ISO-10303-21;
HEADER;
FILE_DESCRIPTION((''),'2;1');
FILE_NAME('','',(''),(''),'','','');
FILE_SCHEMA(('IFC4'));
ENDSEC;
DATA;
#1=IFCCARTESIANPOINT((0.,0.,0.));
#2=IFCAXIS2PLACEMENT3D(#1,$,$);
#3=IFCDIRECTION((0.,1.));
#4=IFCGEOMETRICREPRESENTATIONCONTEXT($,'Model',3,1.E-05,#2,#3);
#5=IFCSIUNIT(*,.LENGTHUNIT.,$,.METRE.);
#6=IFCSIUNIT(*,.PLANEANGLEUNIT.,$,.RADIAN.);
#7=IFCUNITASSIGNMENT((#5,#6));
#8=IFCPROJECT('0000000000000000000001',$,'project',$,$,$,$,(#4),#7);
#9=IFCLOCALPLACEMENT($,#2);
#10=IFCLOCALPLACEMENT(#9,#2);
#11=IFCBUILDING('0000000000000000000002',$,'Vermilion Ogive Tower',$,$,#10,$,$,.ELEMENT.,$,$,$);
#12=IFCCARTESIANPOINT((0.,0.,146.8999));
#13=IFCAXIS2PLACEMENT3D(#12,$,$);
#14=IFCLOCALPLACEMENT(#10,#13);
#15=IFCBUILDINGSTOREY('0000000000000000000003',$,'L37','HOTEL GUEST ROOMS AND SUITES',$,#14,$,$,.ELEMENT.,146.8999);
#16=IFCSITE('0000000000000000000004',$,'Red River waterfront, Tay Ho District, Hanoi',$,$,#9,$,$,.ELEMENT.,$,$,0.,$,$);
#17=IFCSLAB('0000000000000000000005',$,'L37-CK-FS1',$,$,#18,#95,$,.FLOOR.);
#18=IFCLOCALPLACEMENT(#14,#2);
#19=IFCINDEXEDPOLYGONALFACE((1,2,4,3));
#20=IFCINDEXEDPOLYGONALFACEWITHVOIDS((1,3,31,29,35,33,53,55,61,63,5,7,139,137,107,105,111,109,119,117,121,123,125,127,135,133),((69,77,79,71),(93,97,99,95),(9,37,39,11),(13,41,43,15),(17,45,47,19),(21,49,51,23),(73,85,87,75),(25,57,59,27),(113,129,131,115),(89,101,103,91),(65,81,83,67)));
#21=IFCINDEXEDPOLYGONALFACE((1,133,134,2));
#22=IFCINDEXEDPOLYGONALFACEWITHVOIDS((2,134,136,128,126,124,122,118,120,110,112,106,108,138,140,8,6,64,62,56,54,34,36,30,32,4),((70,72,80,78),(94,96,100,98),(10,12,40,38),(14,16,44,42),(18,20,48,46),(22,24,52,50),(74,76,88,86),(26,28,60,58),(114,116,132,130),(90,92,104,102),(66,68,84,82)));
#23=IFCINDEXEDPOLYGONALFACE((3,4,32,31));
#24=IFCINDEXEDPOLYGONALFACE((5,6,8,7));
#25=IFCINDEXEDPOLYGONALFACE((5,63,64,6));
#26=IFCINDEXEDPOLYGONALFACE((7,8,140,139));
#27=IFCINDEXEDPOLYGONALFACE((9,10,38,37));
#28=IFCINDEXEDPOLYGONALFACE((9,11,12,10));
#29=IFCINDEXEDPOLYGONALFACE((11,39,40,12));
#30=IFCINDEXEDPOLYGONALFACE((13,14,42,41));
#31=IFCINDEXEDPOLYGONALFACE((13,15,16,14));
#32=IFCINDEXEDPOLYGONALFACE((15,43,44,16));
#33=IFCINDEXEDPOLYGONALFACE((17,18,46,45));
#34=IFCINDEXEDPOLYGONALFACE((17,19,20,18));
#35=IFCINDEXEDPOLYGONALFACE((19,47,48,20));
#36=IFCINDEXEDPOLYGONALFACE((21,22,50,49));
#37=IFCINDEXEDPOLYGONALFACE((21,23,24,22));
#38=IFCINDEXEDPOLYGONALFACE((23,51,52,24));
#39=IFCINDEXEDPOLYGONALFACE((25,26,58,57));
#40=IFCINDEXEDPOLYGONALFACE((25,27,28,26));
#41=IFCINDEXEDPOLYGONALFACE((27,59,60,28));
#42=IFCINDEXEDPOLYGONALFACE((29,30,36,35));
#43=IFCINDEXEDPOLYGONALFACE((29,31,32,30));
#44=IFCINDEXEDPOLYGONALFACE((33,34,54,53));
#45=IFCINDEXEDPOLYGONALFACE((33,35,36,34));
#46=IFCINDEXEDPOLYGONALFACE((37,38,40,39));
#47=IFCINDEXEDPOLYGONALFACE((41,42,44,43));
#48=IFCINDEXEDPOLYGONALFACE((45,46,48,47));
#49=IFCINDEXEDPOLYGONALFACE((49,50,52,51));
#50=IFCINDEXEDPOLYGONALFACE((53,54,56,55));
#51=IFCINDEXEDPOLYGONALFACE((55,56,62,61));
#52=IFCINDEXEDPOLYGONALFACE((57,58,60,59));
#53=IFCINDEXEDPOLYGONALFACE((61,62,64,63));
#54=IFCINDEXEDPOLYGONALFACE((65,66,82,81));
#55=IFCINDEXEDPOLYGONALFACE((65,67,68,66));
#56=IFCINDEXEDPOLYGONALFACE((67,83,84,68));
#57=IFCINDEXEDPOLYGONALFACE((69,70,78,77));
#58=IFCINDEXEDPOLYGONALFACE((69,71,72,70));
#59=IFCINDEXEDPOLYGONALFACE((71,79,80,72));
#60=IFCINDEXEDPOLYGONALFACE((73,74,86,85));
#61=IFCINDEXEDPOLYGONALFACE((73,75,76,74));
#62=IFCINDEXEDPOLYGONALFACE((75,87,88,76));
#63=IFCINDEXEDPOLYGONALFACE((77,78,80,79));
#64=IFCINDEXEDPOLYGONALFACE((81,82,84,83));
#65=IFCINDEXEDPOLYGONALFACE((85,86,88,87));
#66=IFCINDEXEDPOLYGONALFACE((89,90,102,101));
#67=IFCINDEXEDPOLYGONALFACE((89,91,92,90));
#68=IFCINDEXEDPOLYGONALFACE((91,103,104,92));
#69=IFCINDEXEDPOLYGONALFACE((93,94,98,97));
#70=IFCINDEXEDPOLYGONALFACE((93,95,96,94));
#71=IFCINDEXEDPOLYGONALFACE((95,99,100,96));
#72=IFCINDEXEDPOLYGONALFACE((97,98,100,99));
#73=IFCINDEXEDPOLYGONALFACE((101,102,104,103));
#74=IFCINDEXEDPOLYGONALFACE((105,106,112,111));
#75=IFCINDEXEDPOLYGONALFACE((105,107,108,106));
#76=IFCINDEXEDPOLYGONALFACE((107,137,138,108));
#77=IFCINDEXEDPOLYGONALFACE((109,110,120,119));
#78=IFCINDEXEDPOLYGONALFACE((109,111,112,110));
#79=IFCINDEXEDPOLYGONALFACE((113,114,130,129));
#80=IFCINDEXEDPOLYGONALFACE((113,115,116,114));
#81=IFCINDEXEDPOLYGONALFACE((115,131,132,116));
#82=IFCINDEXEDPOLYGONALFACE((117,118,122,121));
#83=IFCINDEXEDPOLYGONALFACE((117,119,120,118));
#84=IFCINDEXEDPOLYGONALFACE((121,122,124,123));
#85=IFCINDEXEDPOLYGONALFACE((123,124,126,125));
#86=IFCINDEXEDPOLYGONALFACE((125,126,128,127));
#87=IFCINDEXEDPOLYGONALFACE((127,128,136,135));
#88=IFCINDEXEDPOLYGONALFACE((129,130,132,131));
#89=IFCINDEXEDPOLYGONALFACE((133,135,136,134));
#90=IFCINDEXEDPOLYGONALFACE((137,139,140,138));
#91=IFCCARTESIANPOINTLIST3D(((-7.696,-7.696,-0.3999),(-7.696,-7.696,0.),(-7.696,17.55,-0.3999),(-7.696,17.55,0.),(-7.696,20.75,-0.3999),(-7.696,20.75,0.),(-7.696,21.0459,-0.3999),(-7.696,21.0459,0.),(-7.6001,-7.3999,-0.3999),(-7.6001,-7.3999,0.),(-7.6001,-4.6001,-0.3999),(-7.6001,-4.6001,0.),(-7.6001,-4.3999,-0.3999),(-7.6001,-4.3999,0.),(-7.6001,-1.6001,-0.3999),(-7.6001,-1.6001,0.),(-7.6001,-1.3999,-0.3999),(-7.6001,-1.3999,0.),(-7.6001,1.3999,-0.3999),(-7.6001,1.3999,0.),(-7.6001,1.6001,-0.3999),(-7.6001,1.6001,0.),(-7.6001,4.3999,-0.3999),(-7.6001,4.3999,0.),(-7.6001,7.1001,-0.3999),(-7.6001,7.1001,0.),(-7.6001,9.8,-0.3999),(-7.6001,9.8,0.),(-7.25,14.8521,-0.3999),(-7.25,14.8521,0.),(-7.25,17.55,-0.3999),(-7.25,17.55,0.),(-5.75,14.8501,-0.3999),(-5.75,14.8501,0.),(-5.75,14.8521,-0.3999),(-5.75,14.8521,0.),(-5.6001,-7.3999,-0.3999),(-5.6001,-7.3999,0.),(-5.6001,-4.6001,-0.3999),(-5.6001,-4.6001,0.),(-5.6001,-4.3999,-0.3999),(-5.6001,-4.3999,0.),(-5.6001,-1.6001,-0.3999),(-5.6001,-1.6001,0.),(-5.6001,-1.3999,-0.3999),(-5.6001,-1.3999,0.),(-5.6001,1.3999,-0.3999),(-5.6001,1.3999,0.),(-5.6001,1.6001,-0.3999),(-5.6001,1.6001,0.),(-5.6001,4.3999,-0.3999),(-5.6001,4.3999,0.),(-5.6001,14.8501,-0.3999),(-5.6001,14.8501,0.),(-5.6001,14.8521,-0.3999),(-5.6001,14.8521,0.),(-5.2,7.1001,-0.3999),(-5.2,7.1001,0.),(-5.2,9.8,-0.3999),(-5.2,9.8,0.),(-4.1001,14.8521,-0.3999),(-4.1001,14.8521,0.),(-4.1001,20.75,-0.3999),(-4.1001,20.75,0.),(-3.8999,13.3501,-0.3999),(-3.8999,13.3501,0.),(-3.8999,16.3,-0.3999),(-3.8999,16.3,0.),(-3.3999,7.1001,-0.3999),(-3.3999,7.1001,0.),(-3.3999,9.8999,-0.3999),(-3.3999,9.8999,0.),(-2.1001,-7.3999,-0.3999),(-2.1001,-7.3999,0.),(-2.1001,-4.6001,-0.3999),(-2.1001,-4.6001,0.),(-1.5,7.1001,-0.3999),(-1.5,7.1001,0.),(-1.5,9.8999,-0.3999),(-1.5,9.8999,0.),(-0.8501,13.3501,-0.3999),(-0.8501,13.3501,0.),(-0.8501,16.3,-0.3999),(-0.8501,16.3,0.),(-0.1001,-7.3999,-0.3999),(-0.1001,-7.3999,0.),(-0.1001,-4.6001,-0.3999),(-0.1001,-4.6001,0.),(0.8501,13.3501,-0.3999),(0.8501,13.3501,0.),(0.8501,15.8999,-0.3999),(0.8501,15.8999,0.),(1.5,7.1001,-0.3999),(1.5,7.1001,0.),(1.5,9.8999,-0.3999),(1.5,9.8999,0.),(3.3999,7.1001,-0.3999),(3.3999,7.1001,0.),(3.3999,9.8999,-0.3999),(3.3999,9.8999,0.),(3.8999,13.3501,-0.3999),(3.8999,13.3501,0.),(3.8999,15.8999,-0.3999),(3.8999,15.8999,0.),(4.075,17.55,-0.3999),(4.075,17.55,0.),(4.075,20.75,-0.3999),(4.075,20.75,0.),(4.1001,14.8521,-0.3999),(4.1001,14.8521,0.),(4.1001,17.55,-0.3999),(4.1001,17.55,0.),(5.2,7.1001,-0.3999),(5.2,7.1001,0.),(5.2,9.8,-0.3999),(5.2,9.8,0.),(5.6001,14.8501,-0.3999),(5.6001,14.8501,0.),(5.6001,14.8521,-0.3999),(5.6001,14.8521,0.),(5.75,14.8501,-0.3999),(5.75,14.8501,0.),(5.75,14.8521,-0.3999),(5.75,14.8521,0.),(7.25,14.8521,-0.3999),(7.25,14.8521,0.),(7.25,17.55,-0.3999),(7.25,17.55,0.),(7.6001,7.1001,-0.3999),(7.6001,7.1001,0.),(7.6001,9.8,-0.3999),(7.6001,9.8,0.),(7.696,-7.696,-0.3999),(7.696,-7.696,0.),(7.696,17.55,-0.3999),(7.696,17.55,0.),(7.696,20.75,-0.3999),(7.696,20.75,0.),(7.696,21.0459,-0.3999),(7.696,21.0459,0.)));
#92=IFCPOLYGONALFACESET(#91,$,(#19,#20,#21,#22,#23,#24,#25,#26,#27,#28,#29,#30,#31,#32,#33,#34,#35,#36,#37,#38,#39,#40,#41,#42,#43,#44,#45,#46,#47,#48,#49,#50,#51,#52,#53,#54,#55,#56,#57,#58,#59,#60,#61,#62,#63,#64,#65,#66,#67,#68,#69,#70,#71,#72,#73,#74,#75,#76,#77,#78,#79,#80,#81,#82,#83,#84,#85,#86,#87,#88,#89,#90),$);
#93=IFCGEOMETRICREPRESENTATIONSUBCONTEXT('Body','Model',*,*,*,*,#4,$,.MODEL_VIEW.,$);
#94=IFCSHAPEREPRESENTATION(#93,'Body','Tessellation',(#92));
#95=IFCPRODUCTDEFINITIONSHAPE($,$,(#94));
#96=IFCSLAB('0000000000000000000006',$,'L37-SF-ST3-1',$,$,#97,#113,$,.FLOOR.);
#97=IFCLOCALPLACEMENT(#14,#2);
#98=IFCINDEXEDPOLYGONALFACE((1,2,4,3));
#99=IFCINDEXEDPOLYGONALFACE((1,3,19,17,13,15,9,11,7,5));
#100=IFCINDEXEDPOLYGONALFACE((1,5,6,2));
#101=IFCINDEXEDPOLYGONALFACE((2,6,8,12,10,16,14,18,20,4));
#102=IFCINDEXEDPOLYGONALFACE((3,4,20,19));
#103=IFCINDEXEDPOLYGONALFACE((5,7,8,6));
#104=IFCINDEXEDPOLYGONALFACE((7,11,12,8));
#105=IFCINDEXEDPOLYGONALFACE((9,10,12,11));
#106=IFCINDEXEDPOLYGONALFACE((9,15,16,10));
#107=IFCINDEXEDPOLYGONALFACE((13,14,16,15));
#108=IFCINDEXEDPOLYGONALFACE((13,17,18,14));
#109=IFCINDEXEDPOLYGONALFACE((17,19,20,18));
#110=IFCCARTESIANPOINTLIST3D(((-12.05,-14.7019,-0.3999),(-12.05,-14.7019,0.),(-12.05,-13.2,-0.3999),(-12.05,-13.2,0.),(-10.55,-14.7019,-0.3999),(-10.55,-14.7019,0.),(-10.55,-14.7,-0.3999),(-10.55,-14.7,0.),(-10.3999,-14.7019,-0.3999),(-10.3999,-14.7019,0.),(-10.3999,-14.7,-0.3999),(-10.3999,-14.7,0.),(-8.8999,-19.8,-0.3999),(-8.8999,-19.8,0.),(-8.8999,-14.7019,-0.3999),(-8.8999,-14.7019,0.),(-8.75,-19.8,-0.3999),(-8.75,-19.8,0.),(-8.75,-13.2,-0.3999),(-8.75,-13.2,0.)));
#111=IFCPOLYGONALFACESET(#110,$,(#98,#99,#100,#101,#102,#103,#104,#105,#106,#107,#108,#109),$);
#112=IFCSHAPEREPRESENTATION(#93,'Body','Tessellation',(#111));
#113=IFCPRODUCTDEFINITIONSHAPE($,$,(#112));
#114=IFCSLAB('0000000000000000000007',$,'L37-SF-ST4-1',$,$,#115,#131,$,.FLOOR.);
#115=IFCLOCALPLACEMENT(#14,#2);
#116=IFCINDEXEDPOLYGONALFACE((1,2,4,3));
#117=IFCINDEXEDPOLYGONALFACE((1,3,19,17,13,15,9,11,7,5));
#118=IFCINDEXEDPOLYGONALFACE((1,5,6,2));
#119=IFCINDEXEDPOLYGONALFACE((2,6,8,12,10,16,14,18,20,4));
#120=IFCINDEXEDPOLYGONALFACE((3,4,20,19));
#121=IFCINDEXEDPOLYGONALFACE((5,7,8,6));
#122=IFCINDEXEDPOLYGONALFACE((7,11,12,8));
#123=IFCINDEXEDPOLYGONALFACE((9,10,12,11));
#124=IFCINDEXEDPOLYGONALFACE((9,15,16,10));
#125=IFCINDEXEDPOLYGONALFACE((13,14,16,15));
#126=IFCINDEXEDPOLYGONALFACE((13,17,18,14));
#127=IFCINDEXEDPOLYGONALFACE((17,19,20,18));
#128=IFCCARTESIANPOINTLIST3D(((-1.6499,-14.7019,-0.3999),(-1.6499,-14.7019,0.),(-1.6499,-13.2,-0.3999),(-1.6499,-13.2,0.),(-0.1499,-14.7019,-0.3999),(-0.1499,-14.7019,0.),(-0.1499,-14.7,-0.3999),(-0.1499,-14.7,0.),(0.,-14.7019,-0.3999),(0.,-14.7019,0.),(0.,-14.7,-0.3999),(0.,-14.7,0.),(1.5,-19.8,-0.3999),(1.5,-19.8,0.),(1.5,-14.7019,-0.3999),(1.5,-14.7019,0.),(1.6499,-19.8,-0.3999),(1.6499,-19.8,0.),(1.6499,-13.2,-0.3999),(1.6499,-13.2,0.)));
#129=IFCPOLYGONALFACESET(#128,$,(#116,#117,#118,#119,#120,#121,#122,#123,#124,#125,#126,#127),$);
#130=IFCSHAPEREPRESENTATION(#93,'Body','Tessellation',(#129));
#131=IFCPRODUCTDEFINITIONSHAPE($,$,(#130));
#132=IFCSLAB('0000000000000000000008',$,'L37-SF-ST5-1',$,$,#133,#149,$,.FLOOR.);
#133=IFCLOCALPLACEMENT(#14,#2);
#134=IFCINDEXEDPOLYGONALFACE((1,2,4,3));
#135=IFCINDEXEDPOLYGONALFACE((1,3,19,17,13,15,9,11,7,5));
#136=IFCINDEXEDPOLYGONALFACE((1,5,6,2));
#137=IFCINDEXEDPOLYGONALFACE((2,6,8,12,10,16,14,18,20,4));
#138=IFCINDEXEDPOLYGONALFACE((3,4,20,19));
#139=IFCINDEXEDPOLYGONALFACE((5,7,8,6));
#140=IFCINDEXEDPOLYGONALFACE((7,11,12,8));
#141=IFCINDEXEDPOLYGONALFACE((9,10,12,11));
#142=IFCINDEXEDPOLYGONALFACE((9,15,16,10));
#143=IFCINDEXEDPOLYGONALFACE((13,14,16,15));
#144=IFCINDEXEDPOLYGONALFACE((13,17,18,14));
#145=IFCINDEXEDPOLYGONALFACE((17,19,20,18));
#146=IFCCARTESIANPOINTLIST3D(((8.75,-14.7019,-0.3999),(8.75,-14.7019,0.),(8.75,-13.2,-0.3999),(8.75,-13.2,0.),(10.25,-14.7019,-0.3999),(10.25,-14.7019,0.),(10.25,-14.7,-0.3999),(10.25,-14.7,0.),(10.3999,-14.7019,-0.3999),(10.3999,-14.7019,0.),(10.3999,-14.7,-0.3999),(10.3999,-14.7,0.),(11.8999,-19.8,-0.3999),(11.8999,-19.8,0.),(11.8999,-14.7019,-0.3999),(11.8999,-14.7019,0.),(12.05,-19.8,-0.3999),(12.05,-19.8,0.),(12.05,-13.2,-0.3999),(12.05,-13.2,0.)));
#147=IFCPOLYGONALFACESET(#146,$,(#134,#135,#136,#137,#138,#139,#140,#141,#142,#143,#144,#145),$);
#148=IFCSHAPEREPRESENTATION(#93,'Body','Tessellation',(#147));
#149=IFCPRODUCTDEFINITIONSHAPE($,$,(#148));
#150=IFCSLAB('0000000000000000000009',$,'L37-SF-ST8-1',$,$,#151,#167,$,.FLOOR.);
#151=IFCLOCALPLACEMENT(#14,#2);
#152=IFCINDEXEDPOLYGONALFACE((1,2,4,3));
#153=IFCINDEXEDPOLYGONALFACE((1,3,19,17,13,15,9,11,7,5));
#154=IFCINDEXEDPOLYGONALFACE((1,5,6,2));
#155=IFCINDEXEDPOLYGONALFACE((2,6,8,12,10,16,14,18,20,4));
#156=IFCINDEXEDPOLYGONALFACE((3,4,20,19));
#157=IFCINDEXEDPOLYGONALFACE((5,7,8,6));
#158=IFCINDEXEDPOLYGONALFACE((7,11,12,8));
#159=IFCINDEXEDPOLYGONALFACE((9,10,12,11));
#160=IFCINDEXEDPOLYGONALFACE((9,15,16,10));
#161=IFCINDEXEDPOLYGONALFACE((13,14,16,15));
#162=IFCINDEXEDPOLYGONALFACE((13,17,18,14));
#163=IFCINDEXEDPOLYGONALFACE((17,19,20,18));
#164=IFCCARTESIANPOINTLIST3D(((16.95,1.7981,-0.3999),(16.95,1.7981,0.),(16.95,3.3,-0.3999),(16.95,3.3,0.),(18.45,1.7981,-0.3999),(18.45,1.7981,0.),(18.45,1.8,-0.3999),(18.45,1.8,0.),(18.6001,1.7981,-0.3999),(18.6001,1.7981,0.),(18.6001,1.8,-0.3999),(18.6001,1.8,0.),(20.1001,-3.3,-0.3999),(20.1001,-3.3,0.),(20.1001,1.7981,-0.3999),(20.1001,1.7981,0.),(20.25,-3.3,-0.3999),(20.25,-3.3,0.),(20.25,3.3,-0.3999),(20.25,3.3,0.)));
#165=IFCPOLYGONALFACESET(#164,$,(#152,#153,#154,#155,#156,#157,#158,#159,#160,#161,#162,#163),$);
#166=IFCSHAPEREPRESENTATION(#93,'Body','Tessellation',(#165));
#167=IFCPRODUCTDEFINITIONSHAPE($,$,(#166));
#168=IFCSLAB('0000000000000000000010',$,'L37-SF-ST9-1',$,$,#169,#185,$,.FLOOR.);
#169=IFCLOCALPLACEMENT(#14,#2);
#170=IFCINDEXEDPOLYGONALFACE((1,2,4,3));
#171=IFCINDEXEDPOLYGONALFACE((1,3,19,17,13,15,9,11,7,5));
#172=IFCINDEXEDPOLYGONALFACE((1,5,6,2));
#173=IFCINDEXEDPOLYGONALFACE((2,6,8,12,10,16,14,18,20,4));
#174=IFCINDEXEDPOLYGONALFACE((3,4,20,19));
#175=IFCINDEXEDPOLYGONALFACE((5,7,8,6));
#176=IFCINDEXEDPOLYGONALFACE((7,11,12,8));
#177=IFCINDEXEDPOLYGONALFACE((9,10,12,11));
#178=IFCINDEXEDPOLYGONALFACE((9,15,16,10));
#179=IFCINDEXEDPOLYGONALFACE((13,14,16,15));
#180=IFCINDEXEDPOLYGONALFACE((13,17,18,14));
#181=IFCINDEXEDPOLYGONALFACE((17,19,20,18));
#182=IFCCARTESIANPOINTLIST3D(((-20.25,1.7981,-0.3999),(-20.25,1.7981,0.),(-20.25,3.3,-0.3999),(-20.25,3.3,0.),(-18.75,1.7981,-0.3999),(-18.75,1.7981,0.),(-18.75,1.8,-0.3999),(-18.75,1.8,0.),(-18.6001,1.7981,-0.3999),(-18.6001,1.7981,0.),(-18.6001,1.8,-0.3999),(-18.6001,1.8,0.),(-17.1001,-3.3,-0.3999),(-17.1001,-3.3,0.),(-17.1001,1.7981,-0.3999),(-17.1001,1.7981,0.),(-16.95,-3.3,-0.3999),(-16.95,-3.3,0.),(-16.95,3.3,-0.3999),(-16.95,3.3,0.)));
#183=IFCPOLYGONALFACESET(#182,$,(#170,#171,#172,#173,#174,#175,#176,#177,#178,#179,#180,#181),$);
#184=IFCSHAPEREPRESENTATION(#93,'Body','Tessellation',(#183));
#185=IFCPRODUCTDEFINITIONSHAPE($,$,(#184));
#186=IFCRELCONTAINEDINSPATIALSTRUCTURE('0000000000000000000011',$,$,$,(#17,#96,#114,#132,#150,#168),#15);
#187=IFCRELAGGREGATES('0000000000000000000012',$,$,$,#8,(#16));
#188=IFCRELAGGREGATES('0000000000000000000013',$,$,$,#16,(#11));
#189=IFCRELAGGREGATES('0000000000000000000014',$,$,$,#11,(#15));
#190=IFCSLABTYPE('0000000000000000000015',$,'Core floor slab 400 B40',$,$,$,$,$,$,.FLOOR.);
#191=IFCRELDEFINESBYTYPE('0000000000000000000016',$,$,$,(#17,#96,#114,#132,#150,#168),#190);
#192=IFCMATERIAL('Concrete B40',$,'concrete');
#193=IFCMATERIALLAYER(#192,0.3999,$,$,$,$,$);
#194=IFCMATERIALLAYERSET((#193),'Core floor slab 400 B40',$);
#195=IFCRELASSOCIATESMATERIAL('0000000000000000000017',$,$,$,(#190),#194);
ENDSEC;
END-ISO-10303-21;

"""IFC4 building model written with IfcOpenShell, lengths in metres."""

from ifc_helpers import new_model, si_unit, direction, frame, origin, place, context, subcontext, project, spatial, polyline, outline, extrude, material, layer, layer_set, type_object, element, save


model = new_model("IFC4")

# Units and contexts
model_context = context("Model", 3, precision=1e-05, world=origin(), true_north=direction((0.0, 1.0)))
body_context = subcontext(model_context, "Body", "Model", "MODEL_VIEW")
ifc_project = project(units=[si_unit("LENGTHUNIT", "METRE"), si_unit("PLANEANGLEUNIT", "RADIAN")], contexts=[model_context])

# Site, building, storey
site_placement = place(None, origin())
site = spatial("IfcSite", under=ifc_project, at=site_placement, Name="Red River waterfront, Tay Ho District, Hanoi", CompositionType="ELEMENT", RefElevation=0.0)
building_placement = place(site_placement, origin())
building = spatial("IfcBuilding", under=site, at=building_placement, Name="Vermilion Ogive Tower", CompositionType="ELEMENT")
storey_placement = place(building_placement, frame((0.0, 0.0, 146.8999)))
storey = spatial("IfcBuildingStorey", under=building, at=storey_placement, Name="L37", Description="HOTEL GUEST ROOMS AND SUITES", CompositionType="ELEMENT", Elevation=146.8999)

# Slabs
ifc_material_1 = material(Name="Concrete B40", Category="concrete")
ifc_layer_1 = layer(ifc_material_1, 0.3999)
ifc_layer_set_1 = layer_set([ifc_layer_1], Name="Core floor slab 400 B40")
slab_type_1 = type_object("IfcSlabType", Name="Core floor slab 400 B40", PredefinedType="FLOOR", material=ifc_layer_set_1)
slab_1_placement = place(storey_placement, frame((0.0, 0.0, -0.3999)))
element("IfcSlab", 1, at=slab_1_placement, inside=storey, type_object=slab_type_1, Name="L37-CK-FS1", PredefinedType="FLOOR", context=body_context, shape_type="SweptSolid", body=[
    extrude(outline(polyline([(5.75, 14.8501), (5.6001, 14.8501), (5.6001, 14.8521), (4.1001, 14.8521), (4.1001, 17.55), (4.075, 17.55), (4.075, 20.75), (7.696, 20.75), (7.696, 21.0459), (-7.696, 21.0459), (-7.696, 20.75), (-4.1001, 20.75), (-4.1001, 14.8521), (-5.6001, 14.8521), (-5.6001, 14.8501), (-5.75, 14.8501), (-5.75, 14.8521), (-7.25, 14.8521), (-7.25, 17.55), (-7.696, 17.55), (-7.696, -7.696), (7.696, -7.696), (7.696, 17.55), (7.25, 17.55), (7.25, 14.8521), (5.75, 14.8521), (5.75, 14.8501)]), holes=[polyline([(-7.6001, -7.3999), (-7.6001, -4.6001), (-5.6001, -4.6001), (-5.6001, -7.3999), (-7.6001, -7.3999)]), polyline([(-7.6001, -4.3999), (-7.6001, -1.6001), (-5.6001, -1.6001), (-5.6001, -4.3999), (-7.6001, -4.3999)]), polyline([(-7.6001, -1.3999), (-7.6001, 1.3999), (-5.6001, 1.3999), (-5.6001, -1.3999), (-7.6001, -1.3999)]), polyline([(-7.6001, 1.6001), (-7.6001, 4.3999), (-5.6001, 4.3999), (-5.6001, 1.6001), (-7.6001, 1.6001)]), polyline([(-7.6001, 7.1001), (-7.6001, 9.8), (-5.2, 9.8), (-5.2, 7.1001), (-7.6001, 7.1001)]), polyline([(-3.3999, 9.8999), (-1.5, 9.8999), (-1.5, 7.1001), (-3.3999, 7.1001), (-3.3999, 9.8999)]), polyline([(-2.1001, -7.3999), (-2.1001, -4.6001), (-0.1001, -4.6001), (-0.1001, -7.3999), (-2.1001, -7.3999)]), polyline([(5.2, 7.1001), (5.2, 9.8), (7.6001, 9.8), (7.6001, 7.1001), (5.2, 7.1001)]), polyline([(1.5, 7.1001), (1.5, 9.8999), (3.3999, 9.8999), (3.3999, 7.1001), (1.5, 7.1001)]), polyline([(0.8501, 13.3501), (0.8501, 15.8999), (3.8999, 15.8999), (3.8999, 13.3501), (0.8501, 13.3501)]), polyline([(-3.8999, 16.3), (-0.8501, 16.3), (-0.8501, 13.3501), (-3.8999, 13.3501), (-3.8999, 16.3)])]), origin(), (0.0, 0.0, 1.0), 0.3999),
])
slab_2_placement = place(storey_placement, frame((0.0, 0.0, -0.3999)))
element("IfcSlab", 2, at=slab_2_placement, inside=storey, type_object=slab_type_1, Name="L37-SF-ST3-1", PredefinedType="FLOOR", context=body_context, shape_type="SweptSolid", body=[
    extrude(outline(polyline([(-12.05, -13.2), (-12.05, -14.7019), (-10.55, -14.7019), (-10.55, -14.7), (-10.3999, -14.7), (-10.3999, -14.7019), (-8.8999, -14.7019), (-8.8999, -19.8), (-8.75, -19.8), (-8.75, -13.2), (-12.05, -13.2)])), origin(), (0.0, 0.0, 1.0), 0.3999),
])
slab_3_placement = place(storey_placement, frame((0.0, 0.0, -0.3999)))
element("IfcSlab", 3, at=slab_3_placement, inside=storey, type_object=slab_type_1, Name="L37-SF-ST4-1", PredefinedType="FLOOR", context=body_context, shape_type="SweptSolid", body=[
    extrude(outline(polyline([(-1.6499, -13.2), (-1.6499, -14.7019), (-0.1499, -14.7019), (-0.1499, -14.7), (0.0, -14.7), (0.0, -14.7019), (1.5, -14.7019), (1.5, -19.8), (1.6499, -19.8), (1.6499, -13.2), (-1.6499, -13.2)])), origin(), (0.0, 0.0, 1.0), 0.3999),
])
slab_4_placement = place(storey_placement, frame((0.0, 0.0, -0.3999)))
element("IfcSlab", 4, at=slab_4_placement, inside=storey, type_object=slab_type_1, Name="L37-SF-ST5-1", PredefinedType="FLOOR", context=body_context, shape_type="SweptSolid", body=[
    extrude(outline(polyline([(8.75, -13.2), (8.75, -14.7019), (10.25, -14.7019), (10.25, -14.7), (10.3999, -14.7), (10.3999, -14.7019), (11.8999, -14.7019), (11.8999, -19.8), (12.05, -19.8), (12.05, -13.2), (8.75, -13.2)])), origin(), (0.0, 0.0, 1.0), 0.3999),
])
slab_5_placement = place(storey_placement, frame((0.0, 0.0, -0.3999)))
element("IfcSlab", 5, at=slab_5_placement, inside=storey, type_object=slab_type_1, Name="L37-SF-ST8-1", PredefinedType="FLOOR", context=body_context, shape_type="SweptSolid", body=[
    extrude(outline(polyline([(16.95, 3.3), (16.95, 1.7981), (18.45, 1.7981), (18.45, 1.8), (18.6001, 1.8), (18.6001, 1.7981), (20.1001, 1.7981), (20.1001, -3.3), (20.25, -3.3), (20.25, 3.3), (16.95, 3.3)])), origin(), (0.0, 0.0, 1.0), 0.3999),
])
slab_6_placement = place(storey_placement, frame((0.0, 0.0, -0.3999)))
element("IfcSlab", 6, at=slab_6_placement, inside=storey, type_object=slab_type_1, Name="L37-SF-ST9-1", PredefinedType="FLOOR", context=body_context, shape_type="SweptSolid", body=[
    extrude(outline(polyline([(-20.25, 3.3), (-20.25, 1.7981), (-18.75, 1.7981), (-18.75, 1.8), (-18.6001, 1.8), (-18.6001, 1.7981), (-17.1001, 1.7981), (-17.1001, -3.3), (-16.95, -3.3), (-16.95, 3.3), (-20.25, 3.3)])), origin(), (0.0, 0.0, 1.0), 0.3999),
])

save(model, "model.ifc")
